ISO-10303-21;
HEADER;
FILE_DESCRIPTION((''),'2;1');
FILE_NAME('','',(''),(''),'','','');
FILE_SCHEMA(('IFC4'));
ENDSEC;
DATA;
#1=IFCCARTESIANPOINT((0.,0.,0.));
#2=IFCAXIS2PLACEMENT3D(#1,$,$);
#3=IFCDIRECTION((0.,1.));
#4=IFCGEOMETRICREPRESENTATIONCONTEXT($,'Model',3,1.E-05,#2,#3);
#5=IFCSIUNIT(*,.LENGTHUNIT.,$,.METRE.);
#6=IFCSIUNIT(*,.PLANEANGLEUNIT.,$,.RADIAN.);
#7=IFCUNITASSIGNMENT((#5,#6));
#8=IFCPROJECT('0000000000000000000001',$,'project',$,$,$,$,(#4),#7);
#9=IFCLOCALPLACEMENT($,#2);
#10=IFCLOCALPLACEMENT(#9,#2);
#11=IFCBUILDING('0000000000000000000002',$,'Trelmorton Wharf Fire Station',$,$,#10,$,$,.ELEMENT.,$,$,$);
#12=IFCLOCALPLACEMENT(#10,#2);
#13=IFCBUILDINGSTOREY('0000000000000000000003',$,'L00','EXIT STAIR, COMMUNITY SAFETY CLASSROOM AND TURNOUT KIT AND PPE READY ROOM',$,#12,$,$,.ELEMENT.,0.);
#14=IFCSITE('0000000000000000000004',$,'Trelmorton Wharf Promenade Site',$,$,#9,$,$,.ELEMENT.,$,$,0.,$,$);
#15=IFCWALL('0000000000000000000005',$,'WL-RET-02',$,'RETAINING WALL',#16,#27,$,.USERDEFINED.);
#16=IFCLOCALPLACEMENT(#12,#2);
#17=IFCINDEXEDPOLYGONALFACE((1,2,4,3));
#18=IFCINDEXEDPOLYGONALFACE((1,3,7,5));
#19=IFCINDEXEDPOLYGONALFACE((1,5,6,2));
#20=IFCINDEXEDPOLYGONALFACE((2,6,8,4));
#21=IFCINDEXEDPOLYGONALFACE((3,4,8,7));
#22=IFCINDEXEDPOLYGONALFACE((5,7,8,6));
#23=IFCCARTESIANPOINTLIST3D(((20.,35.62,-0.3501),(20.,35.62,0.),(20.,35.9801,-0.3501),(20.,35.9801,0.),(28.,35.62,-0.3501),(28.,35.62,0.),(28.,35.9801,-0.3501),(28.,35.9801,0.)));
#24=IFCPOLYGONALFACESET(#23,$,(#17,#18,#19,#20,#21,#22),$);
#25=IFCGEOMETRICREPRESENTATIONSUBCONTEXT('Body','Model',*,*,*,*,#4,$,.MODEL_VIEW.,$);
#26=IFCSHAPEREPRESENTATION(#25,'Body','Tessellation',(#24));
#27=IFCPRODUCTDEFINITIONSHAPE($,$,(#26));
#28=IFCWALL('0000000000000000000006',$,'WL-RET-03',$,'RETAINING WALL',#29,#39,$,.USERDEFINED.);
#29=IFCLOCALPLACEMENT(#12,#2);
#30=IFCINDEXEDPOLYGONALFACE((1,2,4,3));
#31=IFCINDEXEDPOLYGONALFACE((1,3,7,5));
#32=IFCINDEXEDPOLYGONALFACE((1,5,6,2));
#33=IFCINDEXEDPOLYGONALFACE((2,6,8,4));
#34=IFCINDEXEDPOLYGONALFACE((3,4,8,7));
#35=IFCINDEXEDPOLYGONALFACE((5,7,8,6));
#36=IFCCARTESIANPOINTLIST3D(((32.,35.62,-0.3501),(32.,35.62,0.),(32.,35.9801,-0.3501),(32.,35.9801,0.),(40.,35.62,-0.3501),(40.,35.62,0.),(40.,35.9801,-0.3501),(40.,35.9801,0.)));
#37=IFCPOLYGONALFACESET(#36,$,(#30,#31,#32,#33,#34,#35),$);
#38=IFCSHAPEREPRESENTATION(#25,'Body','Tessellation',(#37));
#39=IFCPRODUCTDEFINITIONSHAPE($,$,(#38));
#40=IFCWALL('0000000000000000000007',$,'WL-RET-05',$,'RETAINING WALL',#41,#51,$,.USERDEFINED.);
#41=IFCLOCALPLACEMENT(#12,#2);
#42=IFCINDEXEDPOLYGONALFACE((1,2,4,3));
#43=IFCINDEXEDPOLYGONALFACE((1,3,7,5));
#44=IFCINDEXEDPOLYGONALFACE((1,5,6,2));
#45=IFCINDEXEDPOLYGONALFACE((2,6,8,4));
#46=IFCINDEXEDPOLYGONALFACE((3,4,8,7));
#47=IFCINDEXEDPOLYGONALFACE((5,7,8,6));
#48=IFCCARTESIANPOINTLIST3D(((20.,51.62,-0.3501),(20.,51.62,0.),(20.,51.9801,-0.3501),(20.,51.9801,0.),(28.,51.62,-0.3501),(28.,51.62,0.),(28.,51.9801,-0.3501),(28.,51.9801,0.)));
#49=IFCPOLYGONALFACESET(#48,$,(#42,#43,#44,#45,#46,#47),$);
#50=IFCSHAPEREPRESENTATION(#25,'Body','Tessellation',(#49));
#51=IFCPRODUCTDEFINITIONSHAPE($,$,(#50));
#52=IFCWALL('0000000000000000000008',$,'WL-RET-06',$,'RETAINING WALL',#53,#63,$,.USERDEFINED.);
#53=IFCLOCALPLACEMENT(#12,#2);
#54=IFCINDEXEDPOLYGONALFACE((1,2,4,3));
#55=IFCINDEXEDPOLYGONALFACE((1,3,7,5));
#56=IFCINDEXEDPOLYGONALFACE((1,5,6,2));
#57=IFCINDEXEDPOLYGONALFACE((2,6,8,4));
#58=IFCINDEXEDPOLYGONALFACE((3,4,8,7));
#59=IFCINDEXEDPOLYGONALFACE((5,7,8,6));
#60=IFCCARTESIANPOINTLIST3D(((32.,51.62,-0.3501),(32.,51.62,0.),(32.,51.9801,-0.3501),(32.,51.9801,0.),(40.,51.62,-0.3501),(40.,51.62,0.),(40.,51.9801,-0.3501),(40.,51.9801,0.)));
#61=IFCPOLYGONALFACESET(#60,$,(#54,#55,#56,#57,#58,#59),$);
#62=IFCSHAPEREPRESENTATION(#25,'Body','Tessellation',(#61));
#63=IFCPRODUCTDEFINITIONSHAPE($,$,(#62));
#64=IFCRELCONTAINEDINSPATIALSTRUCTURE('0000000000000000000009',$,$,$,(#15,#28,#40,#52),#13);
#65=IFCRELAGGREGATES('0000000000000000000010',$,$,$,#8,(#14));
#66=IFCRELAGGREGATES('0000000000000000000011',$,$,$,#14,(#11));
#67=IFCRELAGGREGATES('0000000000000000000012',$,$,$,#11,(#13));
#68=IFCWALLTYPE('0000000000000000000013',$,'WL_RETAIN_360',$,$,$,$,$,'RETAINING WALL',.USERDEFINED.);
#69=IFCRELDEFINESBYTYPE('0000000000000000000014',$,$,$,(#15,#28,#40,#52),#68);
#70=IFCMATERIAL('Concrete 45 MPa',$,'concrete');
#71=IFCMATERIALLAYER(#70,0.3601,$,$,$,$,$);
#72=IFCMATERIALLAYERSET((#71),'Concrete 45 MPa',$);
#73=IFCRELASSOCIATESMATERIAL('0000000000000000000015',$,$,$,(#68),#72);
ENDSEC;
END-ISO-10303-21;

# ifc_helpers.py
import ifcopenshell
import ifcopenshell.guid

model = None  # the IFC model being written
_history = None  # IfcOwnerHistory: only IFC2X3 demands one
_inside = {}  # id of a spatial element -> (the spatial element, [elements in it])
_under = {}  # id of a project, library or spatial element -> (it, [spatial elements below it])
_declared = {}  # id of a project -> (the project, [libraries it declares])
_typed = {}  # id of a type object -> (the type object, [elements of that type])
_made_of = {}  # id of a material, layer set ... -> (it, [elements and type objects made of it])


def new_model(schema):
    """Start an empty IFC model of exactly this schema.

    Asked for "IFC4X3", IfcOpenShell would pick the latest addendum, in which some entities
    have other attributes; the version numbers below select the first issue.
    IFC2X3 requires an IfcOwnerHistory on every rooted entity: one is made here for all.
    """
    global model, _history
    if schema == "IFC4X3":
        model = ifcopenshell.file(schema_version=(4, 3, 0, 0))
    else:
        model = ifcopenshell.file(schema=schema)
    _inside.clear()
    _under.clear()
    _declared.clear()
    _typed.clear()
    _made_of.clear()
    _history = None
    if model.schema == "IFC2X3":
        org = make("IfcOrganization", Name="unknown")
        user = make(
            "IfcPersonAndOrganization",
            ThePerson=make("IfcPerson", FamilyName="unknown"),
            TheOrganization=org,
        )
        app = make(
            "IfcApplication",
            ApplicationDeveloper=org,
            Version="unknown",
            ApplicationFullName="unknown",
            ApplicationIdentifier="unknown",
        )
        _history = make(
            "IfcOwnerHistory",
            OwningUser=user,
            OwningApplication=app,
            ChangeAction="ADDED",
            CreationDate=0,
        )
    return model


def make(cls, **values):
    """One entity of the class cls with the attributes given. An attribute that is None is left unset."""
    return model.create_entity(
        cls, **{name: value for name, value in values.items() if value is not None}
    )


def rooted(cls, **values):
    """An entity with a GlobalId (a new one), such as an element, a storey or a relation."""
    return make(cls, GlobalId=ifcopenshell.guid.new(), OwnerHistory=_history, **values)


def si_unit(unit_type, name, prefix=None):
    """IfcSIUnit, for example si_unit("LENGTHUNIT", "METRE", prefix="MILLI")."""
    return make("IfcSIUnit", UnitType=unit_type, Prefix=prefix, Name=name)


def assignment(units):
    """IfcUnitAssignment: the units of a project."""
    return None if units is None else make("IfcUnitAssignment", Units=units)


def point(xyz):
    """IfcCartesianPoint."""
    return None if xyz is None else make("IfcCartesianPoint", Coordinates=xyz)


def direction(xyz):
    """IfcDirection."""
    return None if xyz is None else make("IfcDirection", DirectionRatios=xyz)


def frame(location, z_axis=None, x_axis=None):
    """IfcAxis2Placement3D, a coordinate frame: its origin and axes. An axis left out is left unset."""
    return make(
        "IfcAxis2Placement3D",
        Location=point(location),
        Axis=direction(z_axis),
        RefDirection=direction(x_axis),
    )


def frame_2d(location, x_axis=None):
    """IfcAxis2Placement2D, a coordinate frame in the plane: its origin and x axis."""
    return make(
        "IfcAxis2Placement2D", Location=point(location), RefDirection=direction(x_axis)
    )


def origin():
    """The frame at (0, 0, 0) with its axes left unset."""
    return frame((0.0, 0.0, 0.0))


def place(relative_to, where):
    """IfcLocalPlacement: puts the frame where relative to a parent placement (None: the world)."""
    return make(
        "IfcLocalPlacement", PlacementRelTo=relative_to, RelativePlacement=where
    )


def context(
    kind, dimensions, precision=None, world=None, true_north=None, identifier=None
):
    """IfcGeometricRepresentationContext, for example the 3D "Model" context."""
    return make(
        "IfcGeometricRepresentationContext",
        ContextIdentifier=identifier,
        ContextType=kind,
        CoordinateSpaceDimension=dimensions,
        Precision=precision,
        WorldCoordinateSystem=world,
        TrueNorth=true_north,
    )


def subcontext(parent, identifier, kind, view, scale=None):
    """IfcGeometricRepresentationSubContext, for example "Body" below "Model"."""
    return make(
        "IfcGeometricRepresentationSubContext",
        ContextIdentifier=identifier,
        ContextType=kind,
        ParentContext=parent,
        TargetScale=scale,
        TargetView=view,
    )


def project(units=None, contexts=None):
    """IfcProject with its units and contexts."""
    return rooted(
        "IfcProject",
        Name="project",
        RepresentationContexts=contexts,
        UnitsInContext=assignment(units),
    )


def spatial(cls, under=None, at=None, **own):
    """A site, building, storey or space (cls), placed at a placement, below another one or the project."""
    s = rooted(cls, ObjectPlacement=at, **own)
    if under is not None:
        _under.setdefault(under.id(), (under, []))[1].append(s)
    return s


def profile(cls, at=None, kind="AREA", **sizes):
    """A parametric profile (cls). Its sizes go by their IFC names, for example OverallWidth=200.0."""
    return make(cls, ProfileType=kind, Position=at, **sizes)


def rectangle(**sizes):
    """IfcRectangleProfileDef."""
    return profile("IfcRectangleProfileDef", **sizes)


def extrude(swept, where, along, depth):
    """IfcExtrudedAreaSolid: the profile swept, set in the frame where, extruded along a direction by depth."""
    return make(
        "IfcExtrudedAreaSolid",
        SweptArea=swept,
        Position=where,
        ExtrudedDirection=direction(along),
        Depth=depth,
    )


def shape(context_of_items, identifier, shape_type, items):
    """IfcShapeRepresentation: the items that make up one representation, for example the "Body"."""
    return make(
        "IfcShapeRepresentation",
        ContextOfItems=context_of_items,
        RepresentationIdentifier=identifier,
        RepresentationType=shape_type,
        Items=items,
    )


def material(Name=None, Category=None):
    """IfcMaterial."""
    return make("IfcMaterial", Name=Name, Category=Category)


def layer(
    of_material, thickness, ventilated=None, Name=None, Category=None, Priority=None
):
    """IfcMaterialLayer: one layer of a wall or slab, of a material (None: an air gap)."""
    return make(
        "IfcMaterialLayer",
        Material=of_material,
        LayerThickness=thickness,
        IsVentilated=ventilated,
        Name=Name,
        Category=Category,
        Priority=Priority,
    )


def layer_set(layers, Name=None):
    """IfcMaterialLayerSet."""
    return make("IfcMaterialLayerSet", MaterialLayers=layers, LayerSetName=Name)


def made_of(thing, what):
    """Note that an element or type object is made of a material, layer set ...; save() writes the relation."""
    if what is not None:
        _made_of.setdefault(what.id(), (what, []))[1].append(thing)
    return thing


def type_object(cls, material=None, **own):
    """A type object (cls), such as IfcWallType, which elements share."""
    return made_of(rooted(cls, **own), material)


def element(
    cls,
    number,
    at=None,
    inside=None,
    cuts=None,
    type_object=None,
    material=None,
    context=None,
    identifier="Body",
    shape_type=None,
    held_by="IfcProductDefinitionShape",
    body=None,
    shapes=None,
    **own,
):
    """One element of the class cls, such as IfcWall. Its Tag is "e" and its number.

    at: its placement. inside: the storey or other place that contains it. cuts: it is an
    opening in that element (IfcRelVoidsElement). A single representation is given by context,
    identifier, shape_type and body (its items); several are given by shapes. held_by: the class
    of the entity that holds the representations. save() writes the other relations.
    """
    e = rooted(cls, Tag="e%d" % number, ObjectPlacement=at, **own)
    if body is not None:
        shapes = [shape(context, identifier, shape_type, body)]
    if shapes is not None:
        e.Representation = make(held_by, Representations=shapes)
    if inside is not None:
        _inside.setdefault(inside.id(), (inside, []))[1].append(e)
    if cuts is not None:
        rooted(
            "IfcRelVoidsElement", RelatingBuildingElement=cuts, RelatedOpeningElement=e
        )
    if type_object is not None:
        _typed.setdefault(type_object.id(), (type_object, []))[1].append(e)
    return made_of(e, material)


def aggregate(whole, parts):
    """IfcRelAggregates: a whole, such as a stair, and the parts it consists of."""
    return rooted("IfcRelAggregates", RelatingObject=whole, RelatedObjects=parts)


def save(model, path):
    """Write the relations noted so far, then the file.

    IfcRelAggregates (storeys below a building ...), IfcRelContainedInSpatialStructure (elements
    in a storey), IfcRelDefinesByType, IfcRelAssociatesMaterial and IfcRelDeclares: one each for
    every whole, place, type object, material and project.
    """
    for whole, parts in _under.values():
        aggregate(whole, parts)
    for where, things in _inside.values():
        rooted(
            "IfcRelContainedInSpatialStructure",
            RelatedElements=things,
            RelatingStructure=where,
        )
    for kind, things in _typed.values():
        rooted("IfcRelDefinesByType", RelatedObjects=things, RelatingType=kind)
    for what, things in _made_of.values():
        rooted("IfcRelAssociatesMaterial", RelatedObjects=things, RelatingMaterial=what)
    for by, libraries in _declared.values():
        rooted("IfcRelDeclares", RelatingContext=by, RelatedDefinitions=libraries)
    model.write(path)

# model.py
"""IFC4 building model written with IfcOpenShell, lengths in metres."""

from ifc_helpers import new_model, si_unit, direction, frame, frame_2d, origin, place, context, subcontext, project, spatial, rectangle, extrude, material, layer, layer_set, type_object, element, save


model = new_model("IFC4")

# Units and contexts
model_context = context("Model", 3, precision=1e-05, world=origin(), true_north=direction((0.0, 1.0)))
body_context = subcontext(model_context, "Body", "Model", "MODEL_VIEW")
ifc_project = project(units=[si_unit("LENGTHUNIT", "METRE"), si_unit("PLANEANGLEUNIT", "RADIAN")], contexts=[model_context])

# Site, building, storey
site_placement = place(None, origin())
site = spatial("IfcSite", under=ifc_project, at=site_placement, Name="Trelmorton Wharf Promenade Site", CompositionType="ELEMENT", RefElevation=0.0)
building_placement = place(site_placement, origin())
building = spatial("IfcBuilding", under=site, at=building_placement, Name="Trelmorton Wharf Fire Station", CompositionType="ELEMENT")
storey_placement = place(building_placement, origin())
storey = spatial("IfcBuildingStorey", under=building, at=storey_placement, Name="L00", Description="EXIT STAIR, COMMUNITY SAFETY CLASSROOM AND TURNOUT KIT AND PPE READY ROOM", CompositionType="ELEMENT", Elevation=0.0)

# Shared definitions
ifc_material_1 = material(Name="Concrete 45 MPa", Category="concrete")

# Walls
ifc_layer_1 = layer(ifc_material_1, 0.3601)
ifc_layer_set_1 = layer_set([ifc_layer_1], Name="Concrete 45 MPa")
wall_type_1 = type_object("IfcWallType", Name="WL_RETAIN_360", ElementType="RETAINING WALL", PredefinedType="USERDEFINED", material=ifc_layer_set_1)
for number, where, z_axis, x_axis, name in (
    (1, (20.0, 35.8, -0.3501), (0.0, 0.0, 1.0), (1.0, 0.0, 0.0), "WL-RET-02"),
    (2, (32.0, 35.8, -0.3501), (0.0, 0.0, 1.0), (1.0, 0.0, 0.0), "WL-RET-03"),
    (3, (20.0, 51.8, -0.3501), (0.0, 0.0, 1.0), (1.0, 0.0, 0.0), "WL-RET-05"),
    (4, (32.0, 51.8, -0.3501), (0.0, 0.0, 1.0), (1.0, 0.0, 0.0), "WL-RET-06"),
):
    element("IfcWall", number, at=place(storey_placement, frame(where, z_axis=z_axis, x_axis=x_axis)), inside=storey, type_object=wall_type_1, Name=name, ObjectType="RETAINING WALL", PredefinedType="USERDEFINED", context=body_context, shape_type="SweptSolid", body=[
        extrude(rectangle(XDim=8.0, YDim=0.3601, at=frame_2d((4.0, 0.0))), origin(), (0.0, 0.0, 1.0), 0.3501),
    ])

save(model, "model.ifc")
